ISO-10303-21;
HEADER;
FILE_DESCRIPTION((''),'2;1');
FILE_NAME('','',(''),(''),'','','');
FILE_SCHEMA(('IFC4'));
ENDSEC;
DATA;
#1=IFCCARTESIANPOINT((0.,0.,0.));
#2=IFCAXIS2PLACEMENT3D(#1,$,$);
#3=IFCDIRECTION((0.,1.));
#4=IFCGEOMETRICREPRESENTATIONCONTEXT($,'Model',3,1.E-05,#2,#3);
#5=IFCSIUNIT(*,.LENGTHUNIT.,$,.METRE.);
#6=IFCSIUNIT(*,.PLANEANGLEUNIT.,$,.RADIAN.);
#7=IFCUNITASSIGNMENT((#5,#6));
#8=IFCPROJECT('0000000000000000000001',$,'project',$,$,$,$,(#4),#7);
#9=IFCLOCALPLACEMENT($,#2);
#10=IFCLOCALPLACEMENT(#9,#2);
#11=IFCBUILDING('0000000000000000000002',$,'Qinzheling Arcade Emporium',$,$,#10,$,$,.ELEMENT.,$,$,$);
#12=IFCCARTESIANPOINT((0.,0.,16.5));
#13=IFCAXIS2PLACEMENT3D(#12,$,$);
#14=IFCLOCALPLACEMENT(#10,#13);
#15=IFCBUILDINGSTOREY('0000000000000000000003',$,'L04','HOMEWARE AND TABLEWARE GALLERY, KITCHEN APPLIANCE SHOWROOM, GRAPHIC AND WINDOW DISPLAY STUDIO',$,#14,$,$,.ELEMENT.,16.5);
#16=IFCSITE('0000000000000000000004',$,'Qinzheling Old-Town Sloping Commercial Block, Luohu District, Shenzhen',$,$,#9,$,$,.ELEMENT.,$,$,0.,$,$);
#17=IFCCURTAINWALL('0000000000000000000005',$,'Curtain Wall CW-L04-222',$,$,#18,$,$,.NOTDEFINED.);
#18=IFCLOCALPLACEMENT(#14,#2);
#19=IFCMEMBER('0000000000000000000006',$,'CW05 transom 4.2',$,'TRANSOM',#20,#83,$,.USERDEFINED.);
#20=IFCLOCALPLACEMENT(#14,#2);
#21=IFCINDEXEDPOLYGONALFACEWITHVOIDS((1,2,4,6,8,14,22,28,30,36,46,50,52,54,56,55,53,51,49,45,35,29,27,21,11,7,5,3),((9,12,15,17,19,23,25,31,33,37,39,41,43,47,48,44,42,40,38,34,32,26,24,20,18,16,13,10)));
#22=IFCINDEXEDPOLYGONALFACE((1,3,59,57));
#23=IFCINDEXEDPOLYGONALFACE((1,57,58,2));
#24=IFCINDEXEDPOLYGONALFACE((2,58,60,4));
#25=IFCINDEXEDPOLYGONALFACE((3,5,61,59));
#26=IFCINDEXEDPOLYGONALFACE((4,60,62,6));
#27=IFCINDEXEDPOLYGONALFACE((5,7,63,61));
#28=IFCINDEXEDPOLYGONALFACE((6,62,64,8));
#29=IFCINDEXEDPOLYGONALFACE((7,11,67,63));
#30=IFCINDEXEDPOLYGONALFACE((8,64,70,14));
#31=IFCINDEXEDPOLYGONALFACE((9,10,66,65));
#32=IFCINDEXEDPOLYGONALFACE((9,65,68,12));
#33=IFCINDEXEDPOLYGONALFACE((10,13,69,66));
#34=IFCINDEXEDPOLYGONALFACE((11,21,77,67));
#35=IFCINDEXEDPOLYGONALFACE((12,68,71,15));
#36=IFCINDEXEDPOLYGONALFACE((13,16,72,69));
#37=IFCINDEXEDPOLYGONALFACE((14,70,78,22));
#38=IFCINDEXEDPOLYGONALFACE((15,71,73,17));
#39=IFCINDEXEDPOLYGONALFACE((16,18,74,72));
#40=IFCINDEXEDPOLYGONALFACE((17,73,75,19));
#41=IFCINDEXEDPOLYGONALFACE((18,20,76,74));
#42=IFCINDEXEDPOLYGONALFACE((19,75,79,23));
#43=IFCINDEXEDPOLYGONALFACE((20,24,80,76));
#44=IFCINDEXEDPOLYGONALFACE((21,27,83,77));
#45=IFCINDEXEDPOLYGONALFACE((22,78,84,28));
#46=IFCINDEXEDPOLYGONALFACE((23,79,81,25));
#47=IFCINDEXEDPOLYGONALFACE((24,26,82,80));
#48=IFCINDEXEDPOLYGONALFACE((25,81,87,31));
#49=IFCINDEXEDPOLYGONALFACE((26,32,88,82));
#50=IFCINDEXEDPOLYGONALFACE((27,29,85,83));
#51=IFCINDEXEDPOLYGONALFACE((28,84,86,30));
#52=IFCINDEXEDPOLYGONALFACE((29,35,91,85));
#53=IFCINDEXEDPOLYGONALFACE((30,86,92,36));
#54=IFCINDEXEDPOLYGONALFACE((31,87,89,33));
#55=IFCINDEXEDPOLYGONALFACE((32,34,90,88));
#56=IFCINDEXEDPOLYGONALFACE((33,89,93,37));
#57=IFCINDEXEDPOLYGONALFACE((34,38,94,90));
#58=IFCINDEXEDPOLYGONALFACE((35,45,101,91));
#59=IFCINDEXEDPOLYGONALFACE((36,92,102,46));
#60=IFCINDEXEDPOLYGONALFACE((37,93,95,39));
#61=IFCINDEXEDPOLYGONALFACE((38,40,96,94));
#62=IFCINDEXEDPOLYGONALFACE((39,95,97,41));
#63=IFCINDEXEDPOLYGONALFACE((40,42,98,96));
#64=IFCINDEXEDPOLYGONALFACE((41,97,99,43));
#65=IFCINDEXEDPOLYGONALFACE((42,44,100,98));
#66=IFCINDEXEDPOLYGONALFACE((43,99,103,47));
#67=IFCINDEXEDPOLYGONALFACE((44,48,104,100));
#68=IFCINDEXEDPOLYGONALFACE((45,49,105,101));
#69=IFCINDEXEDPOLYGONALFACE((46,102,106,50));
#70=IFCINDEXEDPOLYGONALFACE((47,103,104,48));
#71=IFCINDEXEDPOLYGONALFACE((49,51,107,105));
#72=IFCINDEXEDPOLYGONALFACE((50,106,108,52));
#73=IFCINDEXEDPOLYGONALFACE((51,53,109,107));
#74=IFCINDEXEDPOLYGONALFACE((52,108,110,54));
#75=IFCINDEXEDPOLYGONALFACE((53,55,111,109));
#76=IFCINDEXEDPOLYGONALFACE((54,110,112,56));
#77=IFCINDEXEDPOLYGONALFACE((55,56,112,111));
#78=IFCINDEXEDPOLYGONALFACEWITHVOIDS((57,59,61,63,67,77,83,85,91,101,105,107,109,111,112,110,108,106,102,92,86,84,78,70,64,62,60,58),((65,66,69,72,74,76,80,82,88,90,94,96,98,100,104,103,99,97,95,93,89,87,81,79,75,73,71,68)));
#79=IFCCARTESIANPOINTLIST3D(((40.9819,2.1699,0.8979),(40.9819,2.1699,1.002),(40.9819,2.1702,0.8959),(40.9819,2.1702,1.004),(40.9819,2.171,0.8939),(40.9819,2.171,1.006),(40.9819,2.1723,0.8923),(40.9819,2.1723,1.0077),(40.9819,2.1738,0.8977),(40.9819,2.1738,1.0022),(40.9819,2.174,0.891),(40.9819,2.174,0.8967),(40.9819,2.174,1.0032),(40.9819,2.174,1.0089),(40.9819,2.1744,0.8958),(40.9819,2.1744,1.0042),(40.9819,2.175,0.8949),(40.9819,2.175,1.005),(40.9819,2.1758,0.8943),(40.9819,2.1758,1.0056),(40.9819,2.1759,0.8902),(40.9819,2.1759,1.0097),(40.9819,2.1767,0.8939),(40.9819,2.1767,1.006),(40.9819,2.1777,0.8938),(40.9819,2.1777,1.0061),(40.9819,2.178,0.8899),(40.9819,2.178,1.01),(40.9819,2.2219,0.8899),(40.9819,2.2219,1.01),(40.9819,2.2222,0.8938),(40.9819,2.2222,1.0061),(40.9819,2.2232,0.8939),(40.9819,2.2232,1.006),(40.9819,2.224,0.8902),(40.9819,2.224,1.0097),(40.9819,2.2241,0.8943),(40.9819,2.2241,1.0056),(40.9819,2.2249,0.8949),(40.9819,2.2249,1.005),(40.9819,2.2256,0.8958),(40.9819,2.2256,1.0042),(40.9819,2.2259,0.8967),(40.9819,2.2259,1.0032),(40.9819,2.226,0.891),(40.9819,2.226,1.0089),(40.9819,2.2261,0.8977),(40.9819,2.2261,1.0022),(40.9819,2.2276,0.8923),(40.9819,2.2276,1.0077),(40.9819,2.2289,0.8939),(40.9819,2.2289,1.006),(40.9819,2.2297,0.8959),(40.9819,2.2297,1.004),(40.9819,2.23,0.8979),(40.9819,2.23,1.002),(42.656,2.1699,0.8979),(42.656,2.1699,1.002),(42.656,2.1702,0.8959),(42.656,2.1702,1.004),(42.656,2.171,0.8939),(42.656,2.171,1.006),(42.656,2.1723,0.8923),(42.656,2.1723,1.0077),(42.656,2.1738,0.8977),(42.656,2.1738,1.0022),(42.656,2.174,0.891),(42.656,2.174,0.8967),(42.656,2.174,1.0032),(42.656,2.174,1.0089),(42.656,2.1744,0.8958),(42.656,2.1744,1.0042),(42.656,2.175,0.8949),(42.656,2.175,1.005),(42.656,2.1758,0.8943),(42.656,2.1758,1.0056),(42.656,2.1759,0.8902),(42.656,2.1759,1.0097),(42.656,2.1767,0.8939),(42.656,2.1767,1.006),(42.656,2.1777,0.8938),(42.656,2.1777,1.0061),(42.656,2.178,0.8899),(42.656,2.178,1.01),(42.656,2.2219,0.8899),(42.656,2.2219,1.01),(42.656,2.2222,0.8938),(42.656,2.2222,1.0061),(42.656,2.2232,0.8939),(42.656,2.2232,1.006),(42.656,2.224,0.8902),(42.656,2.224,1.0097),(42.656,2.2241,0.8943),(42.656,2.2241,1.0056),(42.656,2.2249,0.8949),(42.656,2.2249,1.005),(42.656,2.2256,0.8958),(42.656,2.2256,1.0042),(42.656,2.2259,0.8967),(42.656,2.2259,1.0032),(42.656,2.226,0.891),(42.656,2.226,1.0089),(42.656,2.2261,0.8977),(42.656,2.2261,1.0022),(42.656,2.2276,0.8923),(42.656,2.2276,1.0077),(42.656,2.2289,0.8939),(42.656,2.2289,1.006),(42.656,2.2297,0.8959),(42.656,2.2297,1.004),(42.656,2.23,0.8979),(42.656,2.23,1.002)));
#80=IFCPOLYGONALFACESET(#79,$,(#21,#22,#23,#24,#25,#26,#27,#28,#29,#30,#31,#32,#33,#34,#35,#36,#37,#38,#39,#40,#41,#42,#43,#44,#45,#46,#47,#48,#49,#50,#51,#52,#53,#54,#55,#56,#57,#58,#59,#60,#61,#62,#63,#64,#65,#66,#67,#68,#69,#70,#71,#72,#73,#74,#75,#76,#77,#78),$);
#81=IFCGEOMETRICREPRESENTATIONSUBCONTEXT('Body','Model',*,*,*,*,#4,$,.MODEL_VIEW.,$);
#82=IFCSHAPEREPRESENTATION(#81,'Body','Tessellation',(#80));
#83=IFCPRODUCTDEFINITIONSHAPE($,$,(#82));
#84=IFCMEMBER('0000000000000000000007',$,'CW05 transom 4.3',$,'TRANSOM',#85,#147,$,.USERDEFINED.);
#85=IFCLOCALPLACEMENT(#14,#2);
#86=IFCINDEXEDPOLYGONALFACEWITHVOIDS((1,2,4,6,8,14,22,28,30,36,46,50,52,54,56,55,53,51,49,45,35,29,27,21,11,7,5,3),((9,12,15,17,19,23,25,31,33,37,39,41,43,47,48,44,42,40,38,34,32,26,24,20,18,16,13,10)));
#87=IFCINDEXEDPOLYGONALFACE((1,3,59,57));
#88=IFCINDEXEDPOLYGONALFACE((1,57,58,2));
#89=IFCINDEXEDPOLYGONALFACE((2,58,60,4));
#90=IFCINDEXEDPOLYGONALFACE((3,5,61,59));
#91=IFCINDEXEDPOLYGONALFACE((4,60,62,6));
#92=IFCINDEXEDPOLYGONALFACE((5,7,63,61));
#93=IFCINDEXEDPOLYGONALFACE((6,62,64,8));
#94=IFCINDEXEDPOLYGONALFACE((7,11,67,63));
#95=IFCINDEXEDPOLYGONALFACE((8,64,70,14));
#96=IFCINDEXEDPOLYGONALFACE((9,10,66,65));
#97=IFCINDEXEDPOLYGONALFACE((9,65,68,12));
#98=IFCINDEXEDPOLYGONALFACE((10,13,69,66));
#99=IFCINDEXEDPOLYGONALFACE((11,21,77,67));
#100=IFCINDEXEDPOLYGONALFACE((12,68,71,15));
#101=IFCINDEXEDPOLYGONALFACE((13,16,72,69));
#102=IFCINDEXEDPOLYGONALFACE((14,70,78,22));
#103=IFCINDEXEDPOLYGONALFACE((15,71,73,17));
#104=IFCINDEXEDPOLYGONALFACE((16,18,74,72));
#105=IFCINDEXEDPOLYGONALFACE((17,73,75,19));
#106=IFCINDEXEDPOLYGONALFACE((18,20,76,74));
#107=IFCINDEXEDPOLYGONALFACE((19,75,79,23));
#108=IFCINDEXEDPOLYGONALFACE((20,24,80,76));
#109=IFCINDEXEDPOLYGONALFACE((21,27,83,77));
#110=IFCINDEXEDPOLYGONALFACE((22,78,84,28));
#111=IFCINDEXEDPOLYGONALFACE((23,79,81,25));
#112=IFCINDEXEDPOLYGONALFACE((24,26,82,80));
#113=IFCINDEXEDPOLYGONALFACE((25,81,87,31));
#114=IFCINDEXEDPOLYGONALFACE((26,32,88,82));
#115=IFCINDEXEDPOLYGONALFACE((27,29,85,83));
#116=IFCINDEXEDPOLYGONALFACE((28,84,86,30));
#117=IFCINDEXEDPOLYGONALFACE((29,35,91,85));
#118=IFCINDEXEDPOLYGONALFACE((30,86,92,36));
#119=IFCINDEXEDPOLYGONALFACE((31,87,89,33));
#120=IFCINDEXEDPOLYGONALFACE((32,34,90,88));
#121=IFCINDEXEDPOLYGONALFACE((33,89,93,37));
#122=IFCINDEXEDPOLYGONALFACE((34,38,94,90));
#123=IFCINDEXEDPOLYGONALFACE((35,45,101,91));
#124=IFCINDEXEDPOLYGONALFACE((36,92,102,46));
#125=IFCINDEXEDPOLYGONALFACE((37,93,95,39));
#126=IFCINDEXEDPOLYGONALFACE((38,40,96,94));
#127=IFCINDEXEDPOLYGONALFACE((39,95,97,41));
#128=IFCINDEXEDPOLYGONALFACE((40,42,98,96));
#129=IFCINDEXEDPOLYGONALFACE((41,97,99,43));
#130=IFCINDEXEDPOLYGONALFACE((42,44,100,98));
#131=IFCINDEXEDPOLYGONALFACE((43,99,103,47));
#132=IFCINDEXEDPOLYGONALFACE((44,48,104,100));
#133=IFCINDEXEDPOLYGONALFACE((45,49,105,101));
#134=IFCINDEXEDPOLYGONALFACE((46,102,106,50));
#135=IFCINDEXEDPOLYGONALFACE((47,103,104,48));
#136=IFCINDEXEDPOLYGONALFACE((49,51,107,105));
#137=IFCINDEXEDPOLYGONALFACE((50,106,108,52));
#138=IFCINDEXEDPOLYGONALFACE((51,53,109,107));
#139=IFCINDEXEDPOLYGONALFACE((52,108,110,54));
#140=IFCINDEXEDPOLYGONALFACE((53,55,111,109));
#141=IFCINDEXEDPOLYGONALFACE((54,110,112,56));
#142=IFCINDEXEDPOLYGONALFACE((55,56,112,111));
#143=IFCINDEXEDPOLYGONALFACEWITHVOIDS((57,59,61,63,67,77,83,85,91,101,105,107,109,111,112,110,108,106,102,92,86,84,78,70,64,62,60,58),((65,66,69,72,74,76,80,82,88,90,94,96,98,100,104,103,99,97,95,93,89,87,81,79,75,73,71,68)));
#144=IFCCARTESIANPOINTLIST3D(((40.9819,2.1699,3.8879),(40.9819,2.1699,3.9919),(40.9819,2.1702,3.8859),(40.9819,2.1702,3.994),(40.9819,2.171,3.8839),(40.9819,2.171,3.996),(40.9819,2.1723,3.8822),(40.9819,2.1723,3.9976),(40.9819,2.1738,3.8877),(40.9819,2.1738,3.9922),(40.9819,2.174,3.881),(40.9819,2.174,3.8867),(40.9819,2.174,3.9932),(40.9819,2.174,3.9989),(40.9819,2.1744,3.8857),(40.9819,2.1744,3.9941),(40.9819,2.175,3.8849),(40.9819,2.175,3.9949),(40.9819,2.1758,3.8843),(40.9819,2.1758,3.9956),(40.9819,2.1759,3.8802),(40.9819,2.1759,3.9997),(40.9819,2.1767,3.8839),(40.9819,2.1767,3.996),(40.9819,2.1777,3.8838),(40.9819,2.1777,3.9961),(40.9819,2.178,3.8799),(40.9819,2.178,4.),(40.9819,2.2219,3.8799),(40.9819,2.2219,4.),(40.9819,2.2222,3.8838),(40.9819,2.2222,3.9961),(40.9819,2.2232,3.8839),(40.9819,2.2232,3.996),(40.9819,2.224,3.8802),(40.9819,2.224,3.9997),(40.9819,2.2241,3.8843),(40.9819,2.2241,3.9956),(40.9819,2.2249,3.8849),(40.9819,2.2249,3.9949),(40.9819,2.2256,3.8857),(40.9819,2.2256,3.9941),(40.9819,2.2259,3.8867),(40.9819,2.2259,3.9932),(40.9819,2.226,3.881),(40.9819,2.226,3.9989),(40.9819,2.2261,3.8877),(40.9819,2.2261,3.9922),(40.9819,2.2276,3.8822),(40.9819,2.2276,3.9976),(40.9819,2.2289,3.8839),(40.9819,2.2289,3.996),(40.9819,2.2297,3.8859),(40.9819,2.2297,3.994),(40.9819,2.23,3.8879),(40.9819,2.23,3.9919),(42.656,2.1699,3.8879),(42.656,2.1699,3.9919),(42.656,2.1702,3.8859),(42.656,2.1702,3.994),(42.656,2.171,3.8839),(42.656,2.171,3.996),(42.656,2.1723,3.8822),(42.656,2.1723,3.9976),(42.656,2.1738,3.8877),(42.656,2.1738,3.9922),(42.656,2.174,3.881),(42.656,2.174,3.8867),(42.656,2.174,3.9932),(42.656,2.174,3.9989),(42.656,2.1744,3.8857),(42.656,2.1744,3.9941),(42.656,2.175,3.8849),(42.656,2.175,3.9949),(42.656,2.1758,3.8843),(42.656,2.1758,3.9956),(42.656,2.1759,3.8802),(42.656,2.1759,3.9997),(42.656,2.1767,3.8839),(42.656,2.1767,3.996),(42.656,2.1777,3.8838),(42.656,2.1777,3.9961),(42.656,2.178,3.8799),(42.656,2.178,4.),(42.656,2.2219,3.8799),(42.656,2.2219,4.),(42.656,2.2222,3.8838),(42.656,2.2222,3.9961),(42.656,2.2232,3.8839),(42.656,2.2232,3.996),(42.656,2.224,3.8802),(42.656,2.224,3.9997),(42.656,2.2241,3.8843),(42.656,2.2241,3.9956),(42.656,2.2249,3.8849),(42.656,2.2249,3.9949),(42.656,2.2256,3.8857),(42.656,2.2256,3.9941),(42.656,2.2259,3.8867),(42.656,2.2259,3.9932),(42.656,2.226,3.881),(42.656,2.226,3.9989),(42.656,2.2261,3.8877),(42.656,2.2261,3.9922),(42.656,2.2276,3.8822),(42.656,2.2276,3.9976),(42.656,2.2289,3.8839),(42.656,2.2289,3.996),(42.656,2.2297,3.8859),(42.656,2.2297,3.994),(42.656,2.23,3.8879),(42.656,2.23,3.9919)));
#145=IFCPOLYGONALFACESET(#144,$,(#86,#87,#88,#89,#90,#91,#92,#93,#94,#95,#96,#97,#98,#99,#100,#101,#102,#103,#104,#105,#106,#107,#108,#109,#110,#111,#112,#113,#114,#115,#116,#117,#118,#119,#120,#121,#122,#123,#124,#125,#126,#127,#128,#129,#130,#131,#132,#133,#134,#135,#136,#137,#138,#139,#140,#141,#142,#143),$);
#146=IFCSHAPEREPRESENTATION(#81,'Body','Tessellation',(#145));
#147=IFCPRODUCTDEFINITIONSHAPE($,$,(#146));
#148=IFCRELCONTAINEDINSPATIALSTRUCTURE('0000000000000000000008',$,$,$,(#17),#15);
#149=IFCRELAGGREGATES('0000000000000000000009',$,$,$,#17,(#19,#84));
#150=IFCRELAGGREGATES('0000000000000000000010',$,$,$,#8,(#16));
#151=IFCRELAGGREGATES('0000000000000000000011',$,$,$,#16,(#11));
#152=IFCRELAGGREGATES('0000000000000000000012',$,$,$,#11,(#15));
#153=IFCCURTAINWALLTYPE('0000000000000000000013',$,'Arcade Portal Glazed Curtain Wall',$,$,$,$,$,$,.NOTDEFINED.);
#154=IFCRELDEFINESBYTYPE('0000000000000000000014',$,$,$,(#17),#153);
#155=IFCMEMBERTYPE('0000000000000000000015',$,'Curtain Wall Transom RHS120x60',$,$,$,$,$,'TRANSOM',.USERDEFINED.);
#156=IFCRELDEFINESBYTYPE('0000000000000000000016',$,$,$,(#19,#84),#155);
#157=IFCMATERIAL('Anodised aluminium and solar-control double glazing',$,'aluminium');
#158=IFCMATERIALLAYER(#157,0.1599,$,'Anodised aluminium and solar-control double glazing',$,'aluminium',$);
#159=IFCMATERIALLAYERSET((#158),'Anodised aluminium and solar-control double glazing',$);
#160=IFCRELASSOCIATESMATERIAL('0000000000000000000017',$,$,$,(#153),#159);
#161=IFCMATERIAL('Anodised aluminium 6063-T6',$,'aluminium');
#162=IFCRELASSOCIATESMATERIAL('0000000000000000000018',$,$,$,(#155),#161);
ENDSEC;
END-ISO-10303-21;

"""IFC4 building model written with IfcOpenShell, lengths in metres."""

from ifc_helpers import new_model, si_unit, direction, frame, origin, origin_2d, place, context, subcontext, project, spatial, hollow_rectangle, extrude, material, layer, layer_set, material_profile, profile_set, type_object, element, aggregate, save


model = new_model("IFC4")

# Units and contexts
model_context = context("Model", 3, precision=1e-05, world=origin(), true_north=direction((0.0, 1.0)))
body_context = subcontext(model_context, "Body", "Model", "MODEL_VIEW")
ifc_project = project(units=[si_unit("LENGTHUNIT", "METRE"), si_unit("PLANEANGLEUNIT", "RADIAN")], contexts=[model_context])

# Site, building, storey
site_placement = place(None, origin())
site = spatial("IfcSite", under=ifc_project, at=site_placement, Name="Qinzheling Old-Town Sloping Commercial Block, Luohu District, Shenzhen", CompositionType="ELEMENT", RefElevation=0.0)
building_placement = place(site_placement, origin())
building = spatial("IfcBuilding", under=site, at=building_placement, Name="Qinzheling Arcade Emporium", CompositionType="ELEMENT")
storey_placement = place(building_placement, frame((0.0, 0.0, 16.5)))
storey = spatial("IfcBuildingStorey", under=building, at=storey_placement, Name="L04", Description="HOMEWARE AND TABLEWARE GALLERY, KITCHEN APPLIANCE SHOWROOM, GRAPHIC AND WINDOW DISPLAY STUDIO", CompositionType="ELEMENT", Elevation=16.5)

# Curtain wall
ifc_material_1 = material(Name="Anodised aluminium and solar-control double glazing", Category="aluminium")
ifc_layer_1 = layer(ifc_material_1, 0.1599, Name="Anodised aluminium and solar-control double glazing", Category="aluminium")
ifc_layer_set_1 = layer_set([ifc_layer_1], Name="Anodised aluminium and solar-control double glazing")
curtain_wall_type = type_object("IfcCurtainWallType", Name="Arcade Portal Glazed Curtain Wall", PredefinedType="NOTDEFINED", material=ifc_layer_set_1)
curtain_wall_1_placement = place(storey_placement, origin())
curtain_wall_1 = element("IfcCurtainWall", 1, at=curtain_wall_1_placement, inside=storey, type_object=curtain_wall_type, Name="Curtain Wall CW-L04-222", PredefinedType="NOTDEFINED")
ifc_material_2 = material(Name="Anodised aluminium 6063-T6", Category="aluminium")

# Members
ifc_material_profile_1 = material_profile(ifc_material_2, hollow_rectangle(XDim=0.0601, YDim=0.1201, WallThickness=0.0039, InnerFilletRadius=0.0039, OuterFilletRadius=0.0081, at=origin_2d()), Name="RHS 120x60x4", Category="aluminium")
ifc_profile_set_1 = profile_set([ifc_material_profile_1], Name="Anodised aluminium 6063-T6")
member_type_1 = type_object("IfcMemberType", Name="Curtain Wall Transom RHS120x60", ElementType="TRANSOM", PredefinedType="USERDEFINED", material=ifc_profile_set_1)
member_1_placement = place(storey_placement, frame((42.656, 2.2, 0.95), z_axis=(-1.0, 0.0, 0.0), x_axis=(0.0, -1.0, 0.0)))
member_1 = element("IfcMember", 2, at=member_1_placement, type_object=member_type_1, Name="CW05 transom 4.2", ObjectType="TRANSOM", PredefinedType="USERDEFINED", context=body_context, shape_type="SweptSolid", body=[
    extrude(hollow_rectangle(XDim=0.0601, YDim=0.1201, WallThickness=0.0039, InnerFilletRadius=0.0039, OuterFilletRadius=0.0081, at=origin_2d()), origin(), (0.0, 0.0, 1.0), 1.6741),
])
member_2_placement = place(storey_placement, frame((42.656, 2.2, 3.9399), z_axis=(-1.0, 0.0, 0.0), x_axis=(0.0, -1.0, 0.0)))
member_2 = element("IfcMember", 3, at=member_2_placement, type_object=member_type_1, Name="CW05 transom 4.3", ObjectType="TRANSOM", PredefinedType="USERDEFINED", context=body_context, shape_type="SweptSolid", body=[
    extrude(hollow_rectangle(XDim=0.0601, YDim=0.1201, WallThickness=0.0039, InnerFilletRadius=0.0039, OuterFilletRadius=0.0081, at=origin_2d()), origin(), (0.0, 0.0, 1.0), 1.6741),
])

aggregate(curtain_wall_1, [member_1, member_2])

save(model, "model.ifc")
